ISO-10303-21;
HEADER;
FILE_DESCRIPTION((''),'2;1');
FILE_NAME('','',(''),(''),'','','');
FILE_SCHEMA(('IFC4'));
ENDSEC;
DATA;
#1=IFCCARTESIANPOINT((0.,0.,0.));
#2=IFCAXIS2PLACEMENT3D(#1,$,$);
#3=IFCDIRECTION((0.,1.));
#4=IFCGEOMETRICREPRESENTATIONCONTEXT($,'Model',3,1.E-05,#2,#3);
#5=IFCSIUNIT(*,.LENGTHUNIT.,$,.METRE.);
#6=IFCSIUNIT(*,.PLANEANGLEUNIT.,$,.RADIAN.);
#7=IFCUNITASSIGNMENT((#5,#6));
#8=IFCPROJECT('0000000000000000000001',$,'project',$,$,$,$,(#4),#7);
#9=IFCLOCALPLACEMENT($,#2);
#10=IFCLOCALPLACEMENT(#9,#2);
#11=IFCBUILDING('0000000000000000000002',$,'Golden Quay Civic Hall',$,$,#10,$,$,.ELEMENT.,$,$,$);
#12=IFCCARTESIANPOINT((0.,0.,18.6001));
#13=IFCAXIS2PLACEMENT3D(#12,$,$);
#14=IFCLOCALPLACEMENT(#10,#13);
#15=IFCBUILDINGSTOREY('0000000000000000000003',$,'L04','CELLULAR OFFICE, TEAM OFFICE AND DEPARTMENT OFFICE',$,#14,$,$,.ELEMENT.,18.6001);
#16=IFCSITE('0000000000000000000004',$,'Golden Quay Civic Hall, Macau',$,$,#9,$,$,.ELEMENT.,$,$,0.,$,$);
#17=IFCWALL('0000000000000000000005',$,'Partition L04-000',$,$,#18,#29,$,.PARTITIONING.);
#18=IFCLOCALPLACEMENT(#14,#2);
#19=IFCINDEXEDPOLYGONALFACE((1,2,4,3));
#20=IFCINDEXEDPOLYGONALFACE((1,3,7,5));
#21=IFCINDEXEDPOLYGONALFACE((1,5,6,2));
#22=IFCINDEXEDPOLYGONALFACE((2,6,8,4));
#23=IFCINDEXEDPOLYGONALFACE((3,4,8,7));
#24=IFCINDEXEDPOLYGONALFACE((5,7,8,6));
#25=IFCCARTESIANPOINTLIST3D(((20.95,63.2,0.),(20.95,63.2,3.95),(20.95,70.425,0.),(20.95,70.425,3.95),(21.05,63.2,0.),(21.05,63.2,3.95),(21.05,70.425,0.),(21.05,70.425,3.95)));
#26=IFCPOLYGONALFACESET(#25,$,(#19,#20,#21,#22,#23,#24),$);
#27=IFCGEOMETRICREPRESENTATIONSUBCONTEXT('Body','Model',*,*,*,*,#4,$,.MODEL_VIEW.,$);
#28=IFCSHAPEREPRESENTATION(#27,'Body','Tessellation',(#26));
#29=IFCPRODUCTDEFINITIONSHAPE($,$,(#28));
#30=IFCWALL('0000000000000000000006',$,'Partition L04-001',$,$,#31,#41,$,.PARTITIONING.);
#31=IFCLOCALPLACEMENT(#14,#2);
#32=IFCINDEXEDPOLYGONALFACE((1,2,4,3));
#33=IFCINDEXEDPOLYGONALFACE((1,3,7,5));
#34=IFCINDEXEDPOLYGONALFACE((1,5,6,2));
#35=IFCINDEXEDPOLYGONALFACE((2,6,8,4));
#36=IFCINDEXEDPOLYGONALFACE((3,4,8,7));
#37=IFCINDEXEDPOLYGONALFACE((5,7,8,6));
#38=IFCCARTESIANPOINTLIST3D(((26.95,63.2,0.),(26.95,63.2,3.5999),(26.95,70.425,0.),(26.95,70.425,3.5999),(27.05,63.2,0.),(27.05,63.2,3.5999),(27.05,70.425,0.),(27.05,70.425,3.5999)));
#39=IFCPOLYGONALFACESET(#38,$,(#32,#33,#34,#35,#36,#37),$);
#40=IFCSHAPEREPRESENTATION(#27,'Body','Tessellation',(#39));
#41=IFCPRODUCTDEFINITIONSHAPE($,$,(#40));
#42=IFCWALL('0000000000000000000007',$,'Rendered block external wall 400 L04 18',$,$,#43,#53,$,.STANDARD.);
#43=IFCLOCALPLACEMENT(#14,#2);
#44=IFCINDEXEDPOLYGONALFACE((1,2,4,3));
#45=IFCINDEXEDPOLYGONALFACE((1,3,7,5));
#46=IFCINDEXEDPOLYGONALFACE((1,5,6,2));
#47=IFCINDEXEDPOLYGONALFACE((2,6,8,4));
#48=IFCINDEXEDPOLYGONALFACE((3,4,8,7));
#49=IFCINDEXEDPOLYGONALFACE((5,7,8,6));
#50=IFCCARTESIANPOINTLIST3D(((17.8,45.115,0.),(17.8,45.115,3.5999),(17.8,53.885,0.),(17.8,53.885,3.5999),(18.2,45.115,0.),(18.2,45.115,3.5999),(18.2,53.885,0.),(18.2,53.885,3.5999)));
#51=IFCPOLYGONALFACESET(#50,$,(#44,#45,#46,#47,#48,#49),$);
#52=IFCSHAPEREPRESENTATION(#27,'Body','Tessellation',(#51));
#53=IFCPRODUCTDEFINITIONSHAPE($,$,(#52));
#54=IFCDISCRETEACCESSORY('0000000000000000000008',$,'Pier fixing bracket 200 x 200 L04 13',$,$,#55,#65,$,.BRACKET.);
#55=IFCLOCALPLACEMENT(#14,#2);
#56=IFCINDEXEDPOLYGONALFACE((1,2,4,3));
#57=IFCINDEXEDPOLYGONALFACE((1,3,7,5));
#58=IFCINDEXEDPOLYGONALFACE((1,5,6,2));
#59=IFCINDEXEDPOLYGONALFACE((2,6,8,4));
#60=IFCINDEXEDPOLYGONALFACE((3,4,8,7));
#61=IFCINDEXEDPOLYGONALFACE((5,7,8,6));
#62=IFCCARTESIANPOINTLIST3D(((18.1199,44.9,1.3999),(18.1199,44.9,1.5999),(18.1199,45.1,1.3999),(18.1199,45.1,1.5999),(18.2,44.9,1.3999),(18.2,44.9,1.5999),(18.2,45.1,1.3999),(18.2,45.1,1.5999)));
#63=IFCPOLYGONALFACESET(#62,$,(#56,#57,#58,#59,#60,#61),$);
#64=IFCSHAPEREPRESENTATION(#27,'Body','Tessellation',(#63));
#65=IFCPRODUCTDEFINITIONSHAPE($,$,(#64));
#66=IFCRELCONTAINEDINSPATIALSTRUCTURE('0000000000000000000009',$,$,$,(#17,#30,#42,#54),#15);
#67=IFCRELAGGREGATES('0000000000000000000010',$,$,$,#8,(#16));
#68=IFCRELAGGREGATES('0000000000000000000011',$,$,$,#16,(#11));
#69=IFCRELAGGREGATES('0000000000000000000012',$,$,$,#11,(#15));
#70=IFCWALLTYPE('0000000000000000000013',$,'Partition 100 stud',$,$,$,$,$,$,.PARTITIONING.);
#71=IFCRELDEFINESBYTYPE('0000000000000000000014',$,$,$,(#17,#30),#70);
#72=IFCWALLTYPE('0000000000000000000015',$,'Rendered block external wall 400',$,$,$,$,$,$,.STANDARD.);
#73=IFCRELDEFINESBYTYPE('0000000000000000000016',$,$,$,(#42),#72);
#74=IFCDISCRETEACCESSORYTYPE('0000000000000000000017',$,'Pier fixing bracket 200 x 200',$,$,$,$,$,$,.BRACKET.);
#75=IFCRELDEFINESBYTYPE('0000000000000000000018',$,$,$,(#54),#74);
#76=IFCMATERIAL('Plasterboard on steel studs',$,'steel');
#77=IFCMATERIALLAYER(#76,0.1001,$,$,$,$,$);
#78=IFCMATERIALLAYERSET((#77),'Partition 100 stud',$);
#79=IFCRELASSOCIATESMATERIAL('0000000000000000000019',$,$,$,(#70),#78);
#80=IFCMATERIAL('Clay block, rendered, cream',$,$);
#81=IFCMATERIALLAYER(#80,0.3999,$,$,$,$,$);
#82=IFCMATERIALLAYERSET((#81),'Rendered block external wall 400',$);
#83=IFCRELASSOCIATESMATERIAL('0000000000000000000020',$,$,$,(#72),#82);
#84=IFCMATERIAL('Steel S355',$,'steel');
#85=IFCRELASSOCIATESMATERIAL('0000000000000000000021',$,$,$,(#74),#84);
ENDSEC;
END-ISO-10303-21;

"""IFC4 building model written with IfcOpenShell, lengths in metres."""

from ifc_helpers import new_model, si_unit, direction, frame, frame_2d, origin, origin_2d, place, context, subcontext, project, spatial, rectangle, extrude, material, layer, layer_set, type_object, element, save


model = new_model("IFC4")

# Units and contexts
model_context = context("Model", 3, precision=1e-05, world=origin(), true_north=direction((0.0, 1.0)))
body_context = subcontext(model_context, "Body", "Model", "MODEL_VIEW")
ifc_project = project(units=[si_unit("LENGTHUNIT", "METRE"), si_unit("PLANEANGLEUNIT", "RADIAN")], contexts=[model_context])

# Site, building, storey
site_placement = place(None, origin())
site = spatial("IfcSite", under=ifc_project, at=site_placement, Name="Golden Quay Civic Hall, Macau", CompositionType="ELEMENT", RefElevation=0.0)
building_placement = place(site_placement, origin())
building = spatial("IfcBuilding", under=site, at=building_placement, Name="Golden Quay Civic Hall", CompositionType="ELEMENT")
storey_placement = place(building_placement, frame((0.0, 0.0, 18.6001)))
storey = spatial("IfcBuildingStorey", under=building, at=storey_placement, Name="L04", Description="CELLULAR OFFICE, TEAM OFFICE AND DEPARTMENT OFFICE", CompositionType="ELEMENT", Elevation=18.6001)

# Walls
ifc_material_1 = material(Name="Plasterboard on steel studs", Category="steel")
ifc_layer_1 = layer(ifc_material_1, 0.1001)
ifc_layer_set_1 = layer_set([ifc_layer_1], Name="Partition 100 stud")
wall_type_1 = type_object("IfcWallType", Name="Partition 100 stud", PredefinedType="PARTITIONING", material=ifc_layer_set_1)
wall_1_placement = place(storey_placement, frame((21.0, 63.2, 0.0), z_axis=(0.0, 0.0, 1.0), x_axis=(0.0, 1.0, 0.0)))
element("IfcWall", 1, at=wall_1_placement, inside=storey, type_object=wall_type_1, Name="Partition L04-000", PredefinedType="PARTITIONING", context=body_context, shape_type="SweptSolid", body=[
    extrude(rectangle(XDim=7.2251, YDim=0.1001, at=frame_2d((3.6125, 0.0))), origin(), (0.0, 0.0, 1.0), 3.95),
])
wall_2_placement = place(storey_placement, frame((27.0, 63.2, 0.0), z_axis=(0.0, 0.0, 1.0), x_axis=(0.0, 1.0, 0.0)))
element("IfcWall", 2, at=wall_2_placement, inside=storey, type_object=wall_type_1, Name="Partition L04-001", PredefinedType="PARTITIONING", context=body_context, shape_type="SweptSolid", body=[
    extrude(rectangle(XDim=7.2251, YDim=0.1001, at=frame_2d((3.6125, 0.0))), origin(), (0.0, 0.0, 1.0), 3.5999),
])
ifc_material_2 = material(Name="Clay block, rendered, cream")
ifc_layer_2 = layer(ifc_material_2, 0.3999)
ifc_layer_set_2 = layer_set([ifc_layer_2], Name="Rendered block external wall 400")
wall_type_2 = type_object("IfcWallType", Name="Rendered block external wall 400", PredefinedType="STANDARD", material=ifc_layer_set_2)
wall_3_placement = place(storey_placement, frame((18.0, 53.885, 0.0), z_axis=(0.0, 0.0, 1.0), x_axis=(0.0, -1.0, 0.0)))
element("IfcWall", 3, at=wall_3_placement, inside=storey, type_object=wall_type_2, Name="Rendered block external wall 400 L04 18", PredefinedType="STANDARD", context=body_context, shape_type="SweptSolid", body=[
    extrude(rectangle(XDim=8.77, YDim=0.3999, at=frame_2d((4.385, 0.0))), origin(), (0.0, 0.0, 1.0), 3.5999),
])

# Discrete accessory
ifc_material_3 = material(Name="Steel S355", Category="steel")
discrete_accessory_type = type_object("IfcDiscreteAccessoryType", Name="Pier fixing bracket 200 x 200", PredefinedType="BRACKET", material=ifc_material_3)
discrete_accessory_placement = place(storey_placement, frame((18.1599, 45.0, 1.3999), z_axis=(0.0, 0.0, 1.0), x_axis=(0.0, 1.0, 0.0)))
element("IfcDiscreteAccessory", 4, at=discrete_accessory_placement, inside=storey, type_object=discrete_accessory_type, Name="Pier fixing bracket 200 x 200 L04 13", PredefinedType="BRACKET", context=body_context, shape_type="SweptSolid", body=[
    extrude(rectangle(XDim=0.2, YDim=0.0801, at=origin_2d()), origin(), (0.0, 0.0, 1.0), 0.2),
])

save(model, "model.ifc")
